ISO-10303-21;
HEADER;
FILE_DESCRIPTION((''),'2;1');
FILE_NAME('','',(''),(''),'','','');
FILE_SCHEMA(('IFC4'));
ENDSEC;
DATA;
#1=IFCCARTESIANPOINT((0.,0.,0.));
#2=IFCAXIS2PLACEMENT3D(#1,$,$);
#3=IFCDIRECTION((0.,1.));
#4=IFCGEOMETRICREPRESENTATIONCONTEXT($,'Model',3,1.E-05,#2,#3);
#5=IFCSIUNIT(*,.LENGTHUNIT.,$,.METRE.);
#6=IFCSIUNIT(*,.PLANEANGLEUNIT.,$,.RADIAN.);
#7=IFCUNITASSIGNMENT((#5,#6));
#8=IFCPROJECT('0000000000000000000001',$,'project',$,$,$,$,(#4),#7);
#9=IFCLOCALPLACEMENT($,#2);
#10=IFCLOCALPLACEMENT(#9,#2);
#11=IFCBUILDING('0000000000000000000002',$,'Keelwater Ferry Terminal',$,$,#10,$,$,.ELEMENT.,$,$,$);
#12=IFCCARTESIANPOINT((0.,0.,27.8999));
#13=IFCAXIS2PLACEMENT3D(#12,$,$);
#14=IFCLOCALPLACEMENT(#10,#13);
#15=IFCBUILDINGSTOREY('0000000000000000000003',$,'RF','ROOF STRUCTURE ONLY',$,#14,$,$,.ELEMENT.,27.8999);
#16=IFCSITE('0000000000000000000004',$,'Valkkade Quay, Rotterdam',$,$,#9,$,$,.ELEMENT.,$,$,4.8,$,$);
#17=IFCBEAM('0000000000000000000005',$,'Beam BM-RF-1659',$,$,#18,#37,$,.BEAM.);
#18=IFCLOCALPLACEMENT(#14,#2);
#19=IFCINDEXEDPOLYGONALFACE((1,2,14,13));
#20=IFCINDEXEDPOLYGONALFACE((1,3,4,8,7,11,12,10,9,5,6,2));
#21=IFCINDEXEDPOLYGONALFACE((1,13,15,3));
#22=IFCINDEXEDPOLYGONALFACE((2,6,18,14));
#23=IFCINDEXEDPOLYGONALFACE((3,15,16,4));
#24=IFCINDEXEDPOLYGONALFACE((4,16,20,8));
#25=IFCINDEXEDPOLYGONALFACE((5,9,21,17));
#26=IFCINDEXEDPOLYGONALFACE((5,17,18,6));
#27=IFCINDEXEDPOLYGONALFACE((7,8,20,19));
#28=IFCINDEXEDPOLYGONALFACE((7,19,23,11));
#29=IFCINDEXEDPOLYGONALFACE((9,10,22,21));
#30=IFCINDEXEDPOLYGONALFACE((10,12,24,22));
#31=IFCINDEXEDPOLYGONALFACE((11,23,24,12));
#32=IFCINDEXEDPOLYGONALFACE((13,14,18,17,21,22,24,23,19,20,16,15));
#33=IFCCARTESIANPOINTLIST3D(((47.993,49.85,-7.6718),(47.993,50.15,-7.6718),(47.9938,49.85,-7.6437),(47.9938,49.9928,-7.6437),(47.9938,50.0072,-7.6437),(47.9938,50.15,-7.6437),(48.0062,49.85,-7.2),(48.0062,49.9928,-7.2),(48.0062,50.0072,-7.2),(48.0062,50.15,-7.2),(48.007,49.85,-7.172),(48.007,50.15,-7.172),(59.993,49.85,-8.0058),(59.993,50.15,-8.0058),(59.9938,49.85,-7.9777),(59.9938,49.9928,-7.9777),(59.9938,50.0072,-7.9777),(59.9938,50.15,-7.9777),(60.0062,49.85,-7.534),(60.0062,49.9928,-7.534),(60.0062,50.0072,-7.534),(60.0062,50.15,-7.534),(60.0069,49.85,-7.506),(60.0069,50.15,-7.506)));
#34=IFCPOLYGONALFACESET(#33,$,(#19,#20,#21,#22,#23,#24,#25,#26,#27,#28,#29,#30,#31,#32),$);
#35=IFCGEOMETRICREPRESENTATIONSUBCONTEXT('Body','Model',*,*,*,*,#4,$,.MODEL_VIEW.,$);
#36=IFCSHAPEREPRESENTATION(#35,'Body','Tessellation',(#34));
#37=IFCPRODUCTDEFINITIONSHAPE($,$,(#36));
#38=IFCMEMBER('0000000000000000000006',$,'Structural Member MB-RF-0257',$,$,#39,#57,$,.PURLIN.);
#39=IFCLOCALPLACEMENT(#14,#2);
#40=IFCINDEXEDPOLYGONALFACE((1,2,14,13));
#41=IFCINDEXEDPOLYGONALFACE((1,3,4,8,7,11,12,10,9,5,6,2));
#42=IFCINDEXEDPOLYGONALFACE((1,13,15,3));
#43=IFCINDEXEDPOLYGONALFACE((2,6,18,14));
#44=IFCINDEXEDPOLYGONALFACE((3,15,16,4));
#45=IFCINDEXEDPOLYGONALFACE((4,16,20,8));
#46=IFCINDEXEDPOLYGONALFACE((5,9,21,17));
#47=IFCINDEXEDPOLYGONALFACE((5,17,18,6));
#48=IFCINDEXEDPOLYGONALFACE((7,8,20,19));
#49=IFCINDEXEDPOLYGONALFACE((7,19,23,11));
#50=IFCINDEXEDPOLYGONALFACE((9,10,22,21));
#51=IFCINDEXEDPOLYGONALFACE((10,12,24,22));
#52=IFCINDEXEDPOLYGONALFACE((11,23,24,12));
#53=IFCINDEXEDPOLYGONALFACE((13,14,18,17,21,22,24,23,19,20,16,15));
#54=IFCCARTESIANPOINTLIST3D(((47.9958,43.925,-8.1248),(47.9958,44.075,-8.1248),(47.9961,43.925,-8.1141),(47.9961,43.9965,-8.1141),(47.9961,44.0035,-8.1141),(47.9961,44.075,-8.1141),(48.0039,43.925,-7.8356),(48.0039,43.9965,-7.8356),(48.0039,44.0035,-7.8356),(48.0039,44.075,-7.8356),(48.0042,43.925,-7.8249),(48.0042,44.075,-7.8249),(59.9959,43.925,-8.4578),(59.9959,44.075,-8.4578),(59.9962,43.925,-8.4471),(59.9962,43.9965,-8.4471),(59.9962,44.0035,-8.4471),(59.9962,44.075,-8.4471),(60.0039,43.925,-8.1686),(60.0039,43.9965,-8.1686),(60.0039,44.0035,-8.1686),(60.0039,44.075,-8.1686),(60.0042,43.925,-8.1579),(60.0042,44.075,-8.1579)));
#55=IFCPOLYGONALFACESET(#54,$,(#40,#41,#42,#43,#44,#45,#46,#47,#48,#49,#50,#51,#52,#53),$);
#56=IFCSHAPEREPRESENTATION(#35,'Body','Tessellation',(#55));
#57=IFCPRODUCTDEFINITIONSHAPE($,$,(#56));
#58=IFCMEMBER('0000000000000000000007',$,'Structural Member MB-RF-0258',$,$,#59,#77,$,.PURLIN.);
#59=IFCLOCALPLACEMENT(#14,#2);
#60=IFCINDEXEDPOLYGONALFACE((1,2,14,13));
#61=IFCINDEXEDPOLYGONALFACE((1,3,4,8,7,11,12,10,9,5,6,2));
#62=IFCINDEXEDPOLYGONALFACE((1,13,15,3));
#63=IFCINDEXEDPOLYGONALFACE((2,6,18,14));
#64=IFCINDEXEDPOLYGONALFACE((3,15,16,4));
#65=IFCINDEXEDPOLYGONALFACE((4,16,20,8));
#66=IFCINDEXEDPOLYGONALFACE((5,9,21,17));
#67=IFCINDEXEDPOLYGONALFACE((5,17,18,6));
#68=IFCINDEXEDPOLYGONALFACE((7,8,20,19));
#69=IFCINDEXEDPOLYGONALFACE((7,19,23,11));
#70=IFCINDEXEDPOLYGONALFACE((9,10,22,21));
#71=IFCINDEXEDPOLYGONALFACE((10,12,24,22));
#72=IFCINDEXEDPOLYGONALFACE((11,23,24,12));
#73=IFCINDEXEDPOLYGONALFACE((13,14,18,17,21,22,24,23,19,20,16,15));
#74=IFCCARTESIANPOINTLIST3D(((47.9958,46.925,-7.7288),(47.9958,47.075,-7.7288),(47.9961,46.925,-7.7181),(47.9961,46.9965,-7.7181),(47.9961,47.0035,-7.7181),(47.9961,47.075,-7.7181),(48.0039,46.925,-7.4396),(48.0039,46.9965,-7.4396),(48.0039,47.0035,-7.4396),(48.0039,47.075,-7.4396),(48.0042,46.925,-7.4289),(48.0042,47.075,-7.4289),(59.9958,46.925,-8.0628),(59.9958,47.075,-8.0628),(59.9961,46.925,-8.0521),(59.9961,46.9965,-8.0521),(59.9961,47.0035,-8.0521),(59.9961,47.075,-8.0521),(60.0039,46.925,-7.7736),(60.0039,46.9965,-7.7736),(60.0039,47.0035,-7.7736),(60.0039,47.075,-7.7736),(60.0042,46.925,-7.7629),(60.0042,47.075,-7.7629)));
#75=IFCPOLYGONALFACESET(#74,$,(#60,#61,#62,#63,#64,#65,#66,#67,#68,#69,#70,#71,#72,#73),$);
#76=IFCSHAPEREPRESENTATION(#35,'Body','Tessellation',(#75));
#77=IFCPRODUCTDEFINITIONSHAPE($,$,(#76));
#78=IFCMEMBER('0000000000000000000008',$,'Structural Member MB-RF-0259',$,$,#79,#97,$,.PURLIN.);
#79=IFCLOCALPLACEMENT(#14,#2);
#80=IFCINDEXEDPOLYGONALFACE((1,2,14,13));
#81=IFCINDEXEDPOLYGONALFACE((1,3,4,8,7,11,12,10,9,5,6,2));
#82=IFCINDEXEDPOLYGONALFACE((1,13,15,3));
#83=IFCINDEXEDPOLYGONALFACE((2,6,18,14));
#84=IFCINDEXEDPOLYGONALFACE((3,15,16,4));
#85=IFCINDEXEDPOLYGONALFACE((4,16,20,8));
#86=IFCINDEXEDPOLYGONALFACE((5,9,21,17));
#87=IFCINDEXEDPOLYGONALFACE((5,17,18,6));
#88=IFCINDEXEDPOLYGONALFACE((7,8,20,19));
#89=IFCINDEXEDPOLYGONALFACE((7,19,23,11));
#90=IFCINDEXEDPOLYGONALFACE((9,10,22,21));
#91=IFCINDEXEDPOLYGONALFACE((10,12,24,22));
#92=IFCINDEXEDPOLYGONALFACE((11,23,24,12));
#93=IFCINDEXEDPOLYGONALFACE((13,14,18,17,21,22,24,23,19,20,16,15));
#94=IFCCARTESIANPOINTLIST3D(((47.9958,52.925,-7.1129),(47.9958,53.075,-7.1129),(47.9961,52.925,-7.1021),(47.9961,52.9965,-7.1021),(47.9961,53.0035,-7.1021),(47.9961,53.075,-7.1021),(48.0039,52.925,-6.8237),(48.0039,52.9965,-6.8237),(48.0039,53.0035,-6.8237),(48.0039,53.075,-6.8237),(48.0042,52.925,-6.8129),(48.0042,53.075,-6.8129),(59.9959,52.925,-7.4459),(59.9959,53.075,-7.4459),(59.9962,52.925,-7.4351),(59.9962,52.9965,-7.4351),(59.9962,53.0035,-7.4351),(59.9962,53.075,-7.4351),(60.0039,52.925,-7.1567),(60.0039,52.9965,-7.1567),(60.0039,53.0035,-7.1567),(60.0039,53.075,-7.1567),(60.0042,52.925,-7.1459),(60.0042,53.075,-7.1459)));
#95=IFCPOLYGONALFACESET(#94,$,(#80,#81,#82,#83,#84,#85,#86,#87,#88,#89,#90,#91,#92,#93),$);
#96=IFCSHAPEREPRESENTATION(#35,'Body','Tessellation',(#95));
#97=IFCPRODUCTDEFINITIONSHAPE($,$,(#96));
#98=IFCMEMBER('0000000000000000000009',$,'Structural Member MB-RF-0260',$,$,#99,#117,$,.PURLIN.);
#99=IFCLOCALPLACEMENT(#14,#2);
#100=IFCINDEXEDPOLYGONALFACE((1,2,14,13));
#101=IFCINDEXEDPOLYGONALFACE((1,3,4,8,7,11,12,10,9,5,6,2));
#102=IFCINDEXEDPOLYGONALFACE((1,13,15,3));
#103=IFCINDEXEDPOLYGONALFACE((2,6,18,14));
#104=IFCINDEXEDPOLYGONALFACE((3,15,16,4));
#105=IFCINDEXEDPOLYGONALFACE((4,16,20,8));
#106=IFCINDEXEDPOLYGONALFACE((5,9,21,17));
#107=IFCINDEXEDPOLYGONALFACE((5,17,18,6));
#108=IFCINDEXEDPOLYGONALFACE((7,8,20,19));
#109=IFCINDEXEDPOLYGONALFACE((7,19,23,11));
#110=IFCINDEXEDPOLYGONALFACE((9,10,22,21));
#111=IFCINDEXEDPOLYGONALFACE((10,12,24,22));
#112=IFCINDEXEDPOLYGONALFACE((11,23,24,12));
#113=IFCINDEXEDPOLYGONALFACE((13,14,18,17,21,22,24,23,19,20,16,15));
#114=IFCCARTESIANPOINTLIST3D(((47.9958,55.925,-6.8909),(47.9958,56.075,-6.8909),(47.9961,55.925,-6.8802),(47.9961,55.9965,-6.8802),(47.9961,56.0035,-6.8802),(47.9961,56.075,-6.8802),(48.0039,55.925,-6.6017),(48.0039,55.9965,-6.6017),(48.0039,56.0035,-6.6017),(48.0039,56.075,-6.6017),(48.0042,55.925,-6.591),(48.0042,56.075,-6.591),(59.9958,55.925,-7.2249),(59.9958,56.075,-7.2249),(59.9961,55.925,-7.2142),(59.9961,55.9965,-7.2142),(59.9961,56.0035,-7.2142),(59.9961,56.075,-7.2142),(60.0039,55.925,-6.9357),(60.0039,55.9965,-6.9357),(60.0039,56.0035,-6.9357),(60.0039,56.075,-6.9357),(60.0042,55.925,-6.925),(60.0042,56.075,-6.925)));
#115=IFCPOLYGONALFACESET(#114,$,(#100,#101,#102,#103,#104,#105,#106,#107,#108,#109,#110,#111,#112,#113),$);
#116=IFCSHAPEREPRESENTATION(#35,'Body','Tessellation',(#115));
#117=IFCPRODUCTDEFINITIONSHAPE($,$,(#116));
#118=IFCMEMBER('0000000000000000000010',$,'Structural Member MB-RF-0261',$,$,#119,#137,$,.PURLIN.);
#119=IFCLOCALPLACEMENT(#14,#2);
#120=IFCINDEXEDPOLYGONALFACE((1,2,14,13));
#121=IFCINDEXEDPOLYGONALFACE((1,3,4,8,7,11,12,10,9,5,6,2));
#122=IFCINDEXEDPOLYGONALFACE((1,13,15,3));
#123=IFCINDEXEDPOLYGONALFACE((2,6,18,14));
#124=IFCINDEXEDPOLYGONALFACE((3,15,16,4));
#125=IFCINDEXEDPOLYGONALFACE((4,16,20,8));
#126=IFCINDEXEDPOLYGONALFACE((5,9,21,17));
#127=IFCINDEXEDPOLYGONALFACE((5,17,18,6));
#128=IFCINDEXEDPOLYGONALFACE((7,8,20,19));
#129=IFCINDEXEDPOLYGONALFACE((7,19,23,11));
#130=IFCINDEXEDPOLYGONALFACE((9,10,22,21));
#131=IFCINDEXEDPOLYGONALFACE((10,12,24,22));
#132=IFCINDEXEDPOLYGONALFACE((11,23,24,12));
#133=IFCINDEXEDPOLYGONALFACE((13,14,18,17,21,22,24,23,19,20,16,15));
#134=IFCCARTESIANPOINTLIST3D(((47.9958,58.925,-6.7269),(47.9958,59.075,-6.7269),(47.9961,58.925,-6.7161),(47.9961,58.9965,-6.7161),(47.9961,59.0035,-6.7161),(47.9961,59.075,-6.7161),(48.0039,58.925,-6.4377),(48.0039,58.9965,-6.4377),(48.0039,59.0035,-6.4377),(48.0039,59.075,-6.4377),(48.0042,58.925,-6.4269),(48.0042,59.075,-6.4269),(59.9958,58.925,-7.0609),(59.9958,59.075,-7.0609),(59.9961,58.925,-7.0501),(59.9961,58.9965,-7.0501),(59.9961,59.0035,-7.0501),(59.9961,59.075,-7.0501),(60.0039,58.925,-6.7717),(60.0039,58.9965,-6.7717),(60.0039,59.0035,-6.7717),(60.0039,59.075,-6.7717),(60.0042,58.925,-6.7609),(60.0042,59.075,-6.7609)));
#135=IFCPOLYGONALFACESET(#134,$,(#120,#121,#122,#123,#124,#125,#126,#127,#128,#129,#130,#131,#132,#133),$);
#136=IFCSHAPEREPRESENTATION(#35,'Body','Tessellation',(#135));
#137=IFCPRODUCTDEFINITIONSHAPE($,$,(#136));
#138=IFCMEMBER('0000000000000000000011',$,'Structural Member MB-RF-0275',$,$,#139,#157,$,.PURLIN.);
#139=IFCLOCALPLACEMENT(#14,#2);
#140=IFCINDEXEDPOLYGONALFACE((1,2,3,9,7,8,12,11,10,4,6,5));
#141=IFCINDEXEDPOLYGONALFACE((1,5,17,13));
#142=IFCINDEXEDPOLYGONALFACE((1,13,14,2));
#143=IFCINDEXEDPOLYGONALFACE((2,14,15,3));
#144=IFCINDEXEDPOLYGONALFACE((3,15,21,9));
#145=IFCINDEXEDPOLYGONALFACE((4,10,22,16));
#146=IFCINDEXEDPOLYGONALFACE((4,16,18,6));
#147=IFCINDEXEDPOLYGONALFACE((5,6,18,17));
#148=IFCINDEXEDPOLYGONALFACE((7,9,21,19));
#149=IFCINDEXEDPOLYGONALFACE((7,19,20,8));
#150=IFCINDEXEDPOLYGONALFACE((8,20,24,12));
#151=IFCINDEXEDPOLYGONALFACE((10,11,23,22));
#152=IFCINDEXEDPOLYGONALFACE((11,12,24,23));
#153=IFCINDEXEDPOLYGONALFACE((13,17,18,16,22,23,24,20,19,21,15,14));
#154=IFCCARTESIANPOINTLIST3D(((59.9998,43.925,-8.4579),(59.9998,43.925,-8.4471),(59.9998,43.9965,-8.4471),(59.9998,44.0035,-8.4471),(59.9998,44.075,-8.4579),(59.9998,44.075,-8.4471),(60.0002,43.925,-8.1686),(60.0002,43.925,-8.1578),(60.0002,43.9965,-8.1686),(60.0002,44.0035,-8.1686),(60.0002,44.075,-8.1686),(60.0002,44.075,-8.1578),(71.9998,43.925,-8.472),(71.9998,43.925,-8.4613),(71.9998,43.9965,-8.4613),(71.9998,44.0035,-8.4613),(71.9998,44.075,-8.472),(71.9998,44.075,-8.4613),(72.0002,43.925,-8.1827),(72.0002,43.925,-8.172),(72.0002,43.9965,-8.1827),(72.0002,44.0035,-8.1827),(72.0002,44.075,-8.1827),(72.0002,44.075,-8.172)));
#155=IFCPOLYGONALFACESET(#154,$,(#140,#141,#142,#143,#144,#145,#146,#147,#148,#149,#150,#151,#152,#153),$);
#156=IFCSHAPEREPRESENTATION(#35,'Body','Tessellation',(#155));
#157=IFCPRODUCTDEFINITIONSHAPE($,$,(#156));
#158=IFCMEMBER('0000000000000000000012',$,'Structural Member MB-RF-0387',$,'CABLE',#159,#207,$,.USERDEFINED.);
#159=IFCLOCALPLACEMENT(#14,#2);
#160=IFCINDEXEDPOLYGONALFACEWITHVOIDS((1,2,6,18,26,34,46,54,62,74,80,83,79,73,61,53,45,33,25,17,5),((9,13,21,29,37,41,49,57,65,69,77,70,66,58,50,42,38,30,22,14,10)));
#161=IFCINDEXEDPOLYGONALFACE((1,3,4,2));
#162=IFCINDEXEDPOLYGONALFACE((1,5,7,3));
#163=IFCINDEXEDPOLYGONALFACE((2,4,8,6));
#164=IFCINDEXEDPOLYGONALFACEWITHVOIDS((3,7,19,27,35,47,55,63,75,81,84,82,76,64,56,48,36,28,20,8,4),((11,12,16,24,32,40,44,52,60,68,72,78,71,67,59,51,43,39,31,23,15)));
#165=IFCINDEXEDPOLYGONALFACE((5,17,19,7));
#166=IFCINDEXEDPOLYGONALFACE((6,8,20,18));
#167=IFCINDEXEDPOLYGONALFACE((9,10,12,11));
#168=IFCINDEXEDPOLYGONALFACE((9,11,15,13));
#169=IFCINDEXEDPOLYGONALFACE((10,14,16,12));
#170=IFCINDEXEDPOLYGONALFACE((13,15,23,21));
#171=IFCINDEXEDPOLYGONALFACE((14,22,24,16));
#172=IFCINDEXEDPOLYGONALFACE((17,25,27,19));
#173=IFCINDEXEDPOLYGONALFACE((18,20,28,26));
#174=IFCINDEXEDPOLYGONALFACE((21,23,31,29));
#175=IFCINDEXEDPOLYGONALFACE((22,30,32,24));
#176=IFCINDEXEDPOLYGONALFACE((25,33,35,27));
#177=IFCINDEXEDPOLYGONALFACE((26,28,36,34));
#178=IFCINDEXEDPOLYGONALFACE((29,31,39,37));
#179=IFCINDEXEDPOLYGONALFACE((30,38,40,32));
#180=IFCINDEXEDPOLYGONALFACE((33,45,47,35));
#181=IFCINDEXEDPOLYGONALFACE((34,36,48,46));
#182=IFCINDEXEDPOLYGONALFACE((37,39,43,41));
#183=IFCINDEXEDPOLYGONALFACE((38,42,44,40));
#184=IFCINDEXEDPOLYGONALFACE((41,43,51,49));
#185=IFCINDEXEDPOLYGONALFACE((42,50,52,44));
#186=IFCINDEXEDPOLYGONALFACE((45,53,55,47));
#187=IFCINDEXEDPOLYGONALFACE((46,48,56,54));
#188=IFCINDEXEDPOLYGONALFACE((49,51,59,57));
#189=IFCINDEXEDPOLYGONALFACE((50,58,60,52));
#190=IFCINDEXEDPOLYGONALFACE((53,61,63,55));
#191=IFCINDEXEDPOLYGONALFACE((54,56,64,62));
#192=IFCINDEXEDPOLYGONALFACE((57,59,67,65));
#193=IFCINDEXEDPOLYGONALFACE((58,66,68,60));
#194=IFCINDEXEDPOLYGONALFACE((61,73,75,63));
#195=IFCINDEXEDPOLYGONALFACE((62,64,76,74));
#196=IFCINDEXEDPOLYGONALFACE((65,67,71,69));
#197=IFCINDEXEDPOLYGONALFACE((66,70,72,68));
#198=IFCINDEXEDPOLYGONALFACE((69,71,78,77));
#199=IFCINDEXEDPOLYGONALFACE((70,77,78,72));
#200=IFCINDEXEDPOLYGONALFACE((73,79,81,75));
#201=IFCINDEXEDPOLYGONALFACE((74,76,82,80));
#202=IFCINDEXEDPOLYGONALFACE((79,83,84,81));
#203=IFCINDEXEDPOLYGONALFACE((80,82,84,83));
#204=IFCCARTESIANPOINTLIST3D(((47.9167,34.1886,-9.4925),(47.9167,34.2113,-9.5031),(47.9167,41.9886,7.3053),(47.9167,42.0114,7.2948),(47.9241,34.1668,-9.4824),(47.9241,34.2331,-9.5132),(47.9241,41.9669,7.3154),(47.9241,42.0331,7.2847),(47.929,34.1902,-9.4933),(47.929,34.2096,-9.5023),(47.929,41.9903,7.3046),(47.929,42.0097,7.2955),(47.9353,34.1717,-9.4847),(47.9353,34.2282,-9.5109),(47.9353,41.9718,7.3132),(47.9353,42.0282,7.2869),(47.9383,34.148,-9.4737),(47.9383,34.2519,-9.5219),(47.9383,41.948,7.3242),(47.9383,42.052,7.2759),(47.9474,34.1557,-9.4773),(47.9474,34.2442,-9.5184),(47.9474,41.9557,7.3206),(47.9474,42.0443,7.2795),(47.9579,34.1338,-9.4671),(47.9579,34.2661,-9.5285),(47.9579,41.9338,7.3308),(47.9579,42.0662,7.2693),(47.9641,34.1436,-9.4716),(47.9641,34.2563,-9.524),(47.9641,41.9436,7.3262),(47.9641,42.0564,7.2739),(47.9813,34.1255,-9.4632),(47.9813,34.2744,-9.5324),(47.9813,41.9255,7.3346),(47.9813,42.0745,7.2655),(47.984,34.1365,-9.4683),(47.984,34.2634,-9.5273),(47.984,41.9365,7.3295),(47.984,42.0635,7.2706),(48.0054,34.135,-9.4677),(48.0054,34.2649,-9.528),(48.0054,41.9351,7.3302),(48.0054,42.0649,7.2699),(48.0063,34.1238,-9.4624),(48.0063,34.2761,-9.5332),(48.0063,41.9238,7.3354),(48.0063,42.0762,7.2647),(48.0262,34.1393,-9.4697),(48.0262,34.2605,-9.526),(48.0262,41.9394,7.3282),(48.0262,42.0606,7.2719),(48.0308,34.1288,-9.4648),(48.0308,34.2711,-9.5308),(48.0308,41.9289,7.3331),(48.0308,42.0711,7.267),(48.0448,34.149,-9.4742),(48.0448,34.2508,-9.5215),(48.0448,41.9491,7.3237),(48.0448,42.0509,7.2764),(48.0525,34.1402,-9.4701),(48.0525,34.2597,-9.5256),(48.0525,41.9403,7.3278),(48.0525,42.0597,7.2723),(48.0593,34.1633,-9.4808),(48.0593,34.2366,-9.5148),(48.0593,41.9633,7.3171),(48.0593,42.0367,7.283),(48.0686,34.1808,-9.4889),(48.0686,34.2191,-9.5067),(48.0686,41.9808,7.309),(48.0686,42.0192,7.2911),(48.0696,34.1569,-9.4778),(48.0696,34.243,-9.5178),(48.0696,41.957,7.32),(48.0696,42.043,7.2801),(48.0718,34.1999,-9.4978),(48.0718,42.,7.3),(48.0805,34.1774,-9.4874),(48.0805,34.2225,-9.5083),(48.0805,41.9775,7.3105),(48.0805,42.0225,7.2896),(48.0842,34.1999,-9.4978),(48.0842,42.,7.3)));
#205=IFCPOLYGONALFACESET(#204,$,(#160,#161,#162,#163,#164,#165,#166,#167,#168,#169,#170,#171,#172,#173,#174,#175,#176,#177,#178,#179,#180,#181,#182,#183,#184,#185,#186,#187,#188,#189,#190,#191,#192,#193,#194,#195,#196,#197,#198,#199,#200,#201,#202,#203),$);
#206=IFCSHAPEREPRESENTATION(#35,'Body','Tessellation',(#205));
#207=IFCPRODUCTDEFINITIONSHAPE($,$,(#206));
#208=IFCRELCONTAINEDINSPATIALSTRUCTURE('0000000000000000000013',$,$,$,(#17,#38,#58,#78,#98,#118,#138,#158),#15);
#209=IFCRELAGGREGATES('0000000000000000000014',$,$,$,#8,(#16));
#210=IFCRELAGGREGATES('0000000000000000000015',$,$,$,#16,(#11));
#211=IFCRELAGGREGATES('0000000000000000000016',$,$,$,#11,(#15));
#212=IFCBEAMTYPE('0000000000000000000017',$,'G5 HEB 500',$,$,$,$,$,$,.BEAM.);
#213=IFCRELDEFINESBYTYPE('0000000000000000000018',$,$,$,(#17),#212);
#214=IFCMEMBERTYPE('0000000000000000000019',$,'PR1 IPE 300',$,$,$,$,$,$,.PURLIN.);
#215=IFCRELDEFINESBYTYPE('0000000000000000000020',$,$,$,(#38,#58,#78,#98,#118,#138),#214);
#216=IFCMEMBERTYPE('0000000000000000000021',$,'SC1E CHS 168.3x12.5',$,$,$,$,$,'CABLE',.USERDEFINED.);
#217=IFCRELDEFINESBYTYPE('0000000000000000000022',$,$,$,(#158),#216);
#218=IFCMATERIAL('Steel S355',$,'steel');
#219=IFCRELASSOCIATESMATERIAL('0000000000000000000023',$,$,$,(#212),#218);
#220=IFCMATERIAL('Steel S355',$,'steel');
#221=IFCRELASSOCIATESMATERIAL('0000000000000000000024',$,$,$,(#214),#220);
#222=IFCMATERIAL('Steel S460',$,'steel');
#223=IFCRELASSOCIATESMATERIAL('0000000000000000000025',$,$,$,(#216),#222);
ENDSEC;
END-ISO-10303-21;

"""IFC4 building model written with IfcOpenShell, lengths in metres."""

from ifc_helpers import new_model, si_unit, direction, frame, origin, origin_2d, place, context, subcontext, project, spatial, hollow_circle, i_section, extrude, material, material_profile, profile_set, type_object, element, save


model = new_model("IFC4")

# Units and contexts
model_context = context("Model", 3, precision=1e-05, world=origin(), true_north=direction((0.0, 1.0)))
body_context = subcontext(model_context, "Body", "Model", "MODEL_VIEW")
ifc_project = project(units=[si_unit("LENGTHUNIT", "METRE"), si_unit("PLANEANGLEUNIT", "RADIAN")], contexts=[model_context])

# Site, building, storey
site_placement = place(None, origin())
site = spatial("IfcSite", under=ifc_project, at=site_placement, Name="Valkkade Quay, Rotterdam", CompositionType="ELEMENT", RefElevation=4.8)
building_placement = place(site_placement, origin())
building = spatial("IfcBuilding", under=site, at=building_placement, Name="Keelwater Ferry Terminal", CompositionType="ELEMENT")
storey_placement = place(building_placement, frame((0.0, 0.0, 27.8999)))
storey = spatial("IfcBuildingStorey", under=building, at=storey_placement, Name="RF", Description="ROOF STRUCTURE ONLY", CompositionType="ELEMENT", Elevation=27.8999)

# Beam
ifc_material_1 = material(Name="Steel S355", Category="steel")
ifc_material_profile_1 = material_profile(ifc_material_1, i_section(OverallWidth=0.3, OverallDepth=0.5, WebThickness=0.0144, FlangeThickness=0.0281, at=origin_2d()), Name="HEB 500")
ifc_profile_set_1 = profile_set([ifc_material_profile_1], Name="Steel S355")
beam_type = type_object("IfcBeamType", Name="G5 HEB 500", PredefinedType="BEAM", material=ifc_profile_set_1)
beam_placement = place(storey_placement, frame((48.0, 50.0, -7.4219), z_axis=(0.999613, 0.0, -0.027821), x_axis=(0.0, 1.0, 0.0)))
element("IfcBeam", 1, at=beam_placement, inside=storey, type_object=beam_type, Name="Beam BM-RF-1659", PredefinedType="BEAM", context=body_context, shape_type="SweptSolid", body=[
    extrude(i_section(OverallWidth=0.3, OverallDepth=0.5, WebThickness=0.0144, FlangeThickness=0.0281, at=origin_2d()), origin(), (0.0, 0.0, 1.0), 12.0046),
])

# Members
ifc_material_2 = material(Name="Steel S355", Category="steel")
ifc_material_profile_2 = material_profile(ifc_material_2, i_section(OverallWidth=0.1499, OverallDepth=0.3, WebThickness=0.0071, FlangeThickness=0.0107, at=origin_2d()), Name="IPE 300")
ifc_profile_set_2 = profile_set([ifc_material_profile_2], Name="Steel S355")
member_type_1 = type_object("IfcMemberType", Name="PR1 IPE 300", PredefinedType="PURLIN", material=ifc_profile_set_2)
for number, where, z_axis, x_axis, name in (
    (2, (48.0, 44.0, -7.9749), (0.999615, 0.0, -0.02774), (0.0, 1.0, 0.0), "Structural Member MB-RF-0257"),
    (3, (48.0, 47.0, -7.5789), (0.999613, 0.0, -0.027821), (0.0, 1.0, 0.0), "Structural Member MB-RF-0258"),
    (4, (48.0, 53.0, -6.9629), (0.999615, 0.0, -0.02774), (0.0, 1.0, 0.0), "Structural Member MB-RF-0259"),
    (5, (48.0, 56.0, -6.741), (0.999613, 0.0, -0.027821), (0.0, 1.0, 0.0), "Structural Member MB-RF-0260"),
    (6, (48.0, 59.0, -6.5769), (0.999613, 0.0, -0.027821), (0.0, 1.0, 0.0), "Structural Member MB-RF-0261"),
):
    element("IfcMember", number, at=place(storey_placement, frame(where, z_axis=z_axis, x_axis=x_axis)), inside=storey, type_object=member_type_1, Name=name, PredefinedType="PURLIN", context=body_context, shape_type="SweptSolid", body=[
        extrude(i_section(OverallWidth=0.1499, OverallDepth=0.3, WebThickness=0.0071, FlangeThickness=0.0107, at=origin_2d()), origin(), (0.0, 0.0, 1.0), 12.0046),
    ])
member_1_placement = place(storey_placement, frame((60.0, 44.0, -8.3079), z_axis=(0.999999, 0.0, -0.00118), x_axis=(0.0, 1.0, 0.0)))
element("IfcMember", 7, at=member_1_placement, inside=storey, type_object=member_type_1, Name="Structural Member MB-RF-0275", PredefinedType="PURLIN", context=body_context, shape_type="SweptSolid", body=[
    extrude(i_section(OverallWidth=0.1499, OverallDepth=0.3, WebThickness=0.0071, FlangeThickness=0.0107, at=origin_2d()), origin(), (0.0, 0.0, 1.0), 12.0),
])
ifc_material_3 = material(Name="Steel S460", Category="steel")
ifc_material_profile_3 = material_profile(ifc_material_3, hollow_circle(Radius=0.0842, WallThickness=0.0125, at=origin_2d()), Name="CHS 168.3x12.5")
ifc_profile_set_3 = profile_set([ifc_material_profile_3], Name="Steel S460")
member_type_2 = type_object("IfcMemberType", Name="SC1E CHS 168.3x12.5", ElementType="CABLE", PredefinedType="USERDEFINED", material=ifc_profile_set_3)
member_2_placement = place(storey_placement, frame((48.0, 42.0, 7.3), z_axis=(0.0, -0.421158, -0.906987), x_axis=(1.0, 0.0, 0.0)))
element("IfcMember", 8, at=member_2_placement, inside=storey, type_object=member_type_2, Name="Structural Member MB-RF-0387", ObjectType="CABLE", PredefinedType="USERDEFINED", context=body_context, shape_type="SweptSolid", body=[
    extrude(hollow_circle(Radius=0.0842, WallThickness=0.0125, at=origin_2d()), origin(), (0.0, 0.0, 1.0), 18.5205),
])

save(model, "model.ifc")
